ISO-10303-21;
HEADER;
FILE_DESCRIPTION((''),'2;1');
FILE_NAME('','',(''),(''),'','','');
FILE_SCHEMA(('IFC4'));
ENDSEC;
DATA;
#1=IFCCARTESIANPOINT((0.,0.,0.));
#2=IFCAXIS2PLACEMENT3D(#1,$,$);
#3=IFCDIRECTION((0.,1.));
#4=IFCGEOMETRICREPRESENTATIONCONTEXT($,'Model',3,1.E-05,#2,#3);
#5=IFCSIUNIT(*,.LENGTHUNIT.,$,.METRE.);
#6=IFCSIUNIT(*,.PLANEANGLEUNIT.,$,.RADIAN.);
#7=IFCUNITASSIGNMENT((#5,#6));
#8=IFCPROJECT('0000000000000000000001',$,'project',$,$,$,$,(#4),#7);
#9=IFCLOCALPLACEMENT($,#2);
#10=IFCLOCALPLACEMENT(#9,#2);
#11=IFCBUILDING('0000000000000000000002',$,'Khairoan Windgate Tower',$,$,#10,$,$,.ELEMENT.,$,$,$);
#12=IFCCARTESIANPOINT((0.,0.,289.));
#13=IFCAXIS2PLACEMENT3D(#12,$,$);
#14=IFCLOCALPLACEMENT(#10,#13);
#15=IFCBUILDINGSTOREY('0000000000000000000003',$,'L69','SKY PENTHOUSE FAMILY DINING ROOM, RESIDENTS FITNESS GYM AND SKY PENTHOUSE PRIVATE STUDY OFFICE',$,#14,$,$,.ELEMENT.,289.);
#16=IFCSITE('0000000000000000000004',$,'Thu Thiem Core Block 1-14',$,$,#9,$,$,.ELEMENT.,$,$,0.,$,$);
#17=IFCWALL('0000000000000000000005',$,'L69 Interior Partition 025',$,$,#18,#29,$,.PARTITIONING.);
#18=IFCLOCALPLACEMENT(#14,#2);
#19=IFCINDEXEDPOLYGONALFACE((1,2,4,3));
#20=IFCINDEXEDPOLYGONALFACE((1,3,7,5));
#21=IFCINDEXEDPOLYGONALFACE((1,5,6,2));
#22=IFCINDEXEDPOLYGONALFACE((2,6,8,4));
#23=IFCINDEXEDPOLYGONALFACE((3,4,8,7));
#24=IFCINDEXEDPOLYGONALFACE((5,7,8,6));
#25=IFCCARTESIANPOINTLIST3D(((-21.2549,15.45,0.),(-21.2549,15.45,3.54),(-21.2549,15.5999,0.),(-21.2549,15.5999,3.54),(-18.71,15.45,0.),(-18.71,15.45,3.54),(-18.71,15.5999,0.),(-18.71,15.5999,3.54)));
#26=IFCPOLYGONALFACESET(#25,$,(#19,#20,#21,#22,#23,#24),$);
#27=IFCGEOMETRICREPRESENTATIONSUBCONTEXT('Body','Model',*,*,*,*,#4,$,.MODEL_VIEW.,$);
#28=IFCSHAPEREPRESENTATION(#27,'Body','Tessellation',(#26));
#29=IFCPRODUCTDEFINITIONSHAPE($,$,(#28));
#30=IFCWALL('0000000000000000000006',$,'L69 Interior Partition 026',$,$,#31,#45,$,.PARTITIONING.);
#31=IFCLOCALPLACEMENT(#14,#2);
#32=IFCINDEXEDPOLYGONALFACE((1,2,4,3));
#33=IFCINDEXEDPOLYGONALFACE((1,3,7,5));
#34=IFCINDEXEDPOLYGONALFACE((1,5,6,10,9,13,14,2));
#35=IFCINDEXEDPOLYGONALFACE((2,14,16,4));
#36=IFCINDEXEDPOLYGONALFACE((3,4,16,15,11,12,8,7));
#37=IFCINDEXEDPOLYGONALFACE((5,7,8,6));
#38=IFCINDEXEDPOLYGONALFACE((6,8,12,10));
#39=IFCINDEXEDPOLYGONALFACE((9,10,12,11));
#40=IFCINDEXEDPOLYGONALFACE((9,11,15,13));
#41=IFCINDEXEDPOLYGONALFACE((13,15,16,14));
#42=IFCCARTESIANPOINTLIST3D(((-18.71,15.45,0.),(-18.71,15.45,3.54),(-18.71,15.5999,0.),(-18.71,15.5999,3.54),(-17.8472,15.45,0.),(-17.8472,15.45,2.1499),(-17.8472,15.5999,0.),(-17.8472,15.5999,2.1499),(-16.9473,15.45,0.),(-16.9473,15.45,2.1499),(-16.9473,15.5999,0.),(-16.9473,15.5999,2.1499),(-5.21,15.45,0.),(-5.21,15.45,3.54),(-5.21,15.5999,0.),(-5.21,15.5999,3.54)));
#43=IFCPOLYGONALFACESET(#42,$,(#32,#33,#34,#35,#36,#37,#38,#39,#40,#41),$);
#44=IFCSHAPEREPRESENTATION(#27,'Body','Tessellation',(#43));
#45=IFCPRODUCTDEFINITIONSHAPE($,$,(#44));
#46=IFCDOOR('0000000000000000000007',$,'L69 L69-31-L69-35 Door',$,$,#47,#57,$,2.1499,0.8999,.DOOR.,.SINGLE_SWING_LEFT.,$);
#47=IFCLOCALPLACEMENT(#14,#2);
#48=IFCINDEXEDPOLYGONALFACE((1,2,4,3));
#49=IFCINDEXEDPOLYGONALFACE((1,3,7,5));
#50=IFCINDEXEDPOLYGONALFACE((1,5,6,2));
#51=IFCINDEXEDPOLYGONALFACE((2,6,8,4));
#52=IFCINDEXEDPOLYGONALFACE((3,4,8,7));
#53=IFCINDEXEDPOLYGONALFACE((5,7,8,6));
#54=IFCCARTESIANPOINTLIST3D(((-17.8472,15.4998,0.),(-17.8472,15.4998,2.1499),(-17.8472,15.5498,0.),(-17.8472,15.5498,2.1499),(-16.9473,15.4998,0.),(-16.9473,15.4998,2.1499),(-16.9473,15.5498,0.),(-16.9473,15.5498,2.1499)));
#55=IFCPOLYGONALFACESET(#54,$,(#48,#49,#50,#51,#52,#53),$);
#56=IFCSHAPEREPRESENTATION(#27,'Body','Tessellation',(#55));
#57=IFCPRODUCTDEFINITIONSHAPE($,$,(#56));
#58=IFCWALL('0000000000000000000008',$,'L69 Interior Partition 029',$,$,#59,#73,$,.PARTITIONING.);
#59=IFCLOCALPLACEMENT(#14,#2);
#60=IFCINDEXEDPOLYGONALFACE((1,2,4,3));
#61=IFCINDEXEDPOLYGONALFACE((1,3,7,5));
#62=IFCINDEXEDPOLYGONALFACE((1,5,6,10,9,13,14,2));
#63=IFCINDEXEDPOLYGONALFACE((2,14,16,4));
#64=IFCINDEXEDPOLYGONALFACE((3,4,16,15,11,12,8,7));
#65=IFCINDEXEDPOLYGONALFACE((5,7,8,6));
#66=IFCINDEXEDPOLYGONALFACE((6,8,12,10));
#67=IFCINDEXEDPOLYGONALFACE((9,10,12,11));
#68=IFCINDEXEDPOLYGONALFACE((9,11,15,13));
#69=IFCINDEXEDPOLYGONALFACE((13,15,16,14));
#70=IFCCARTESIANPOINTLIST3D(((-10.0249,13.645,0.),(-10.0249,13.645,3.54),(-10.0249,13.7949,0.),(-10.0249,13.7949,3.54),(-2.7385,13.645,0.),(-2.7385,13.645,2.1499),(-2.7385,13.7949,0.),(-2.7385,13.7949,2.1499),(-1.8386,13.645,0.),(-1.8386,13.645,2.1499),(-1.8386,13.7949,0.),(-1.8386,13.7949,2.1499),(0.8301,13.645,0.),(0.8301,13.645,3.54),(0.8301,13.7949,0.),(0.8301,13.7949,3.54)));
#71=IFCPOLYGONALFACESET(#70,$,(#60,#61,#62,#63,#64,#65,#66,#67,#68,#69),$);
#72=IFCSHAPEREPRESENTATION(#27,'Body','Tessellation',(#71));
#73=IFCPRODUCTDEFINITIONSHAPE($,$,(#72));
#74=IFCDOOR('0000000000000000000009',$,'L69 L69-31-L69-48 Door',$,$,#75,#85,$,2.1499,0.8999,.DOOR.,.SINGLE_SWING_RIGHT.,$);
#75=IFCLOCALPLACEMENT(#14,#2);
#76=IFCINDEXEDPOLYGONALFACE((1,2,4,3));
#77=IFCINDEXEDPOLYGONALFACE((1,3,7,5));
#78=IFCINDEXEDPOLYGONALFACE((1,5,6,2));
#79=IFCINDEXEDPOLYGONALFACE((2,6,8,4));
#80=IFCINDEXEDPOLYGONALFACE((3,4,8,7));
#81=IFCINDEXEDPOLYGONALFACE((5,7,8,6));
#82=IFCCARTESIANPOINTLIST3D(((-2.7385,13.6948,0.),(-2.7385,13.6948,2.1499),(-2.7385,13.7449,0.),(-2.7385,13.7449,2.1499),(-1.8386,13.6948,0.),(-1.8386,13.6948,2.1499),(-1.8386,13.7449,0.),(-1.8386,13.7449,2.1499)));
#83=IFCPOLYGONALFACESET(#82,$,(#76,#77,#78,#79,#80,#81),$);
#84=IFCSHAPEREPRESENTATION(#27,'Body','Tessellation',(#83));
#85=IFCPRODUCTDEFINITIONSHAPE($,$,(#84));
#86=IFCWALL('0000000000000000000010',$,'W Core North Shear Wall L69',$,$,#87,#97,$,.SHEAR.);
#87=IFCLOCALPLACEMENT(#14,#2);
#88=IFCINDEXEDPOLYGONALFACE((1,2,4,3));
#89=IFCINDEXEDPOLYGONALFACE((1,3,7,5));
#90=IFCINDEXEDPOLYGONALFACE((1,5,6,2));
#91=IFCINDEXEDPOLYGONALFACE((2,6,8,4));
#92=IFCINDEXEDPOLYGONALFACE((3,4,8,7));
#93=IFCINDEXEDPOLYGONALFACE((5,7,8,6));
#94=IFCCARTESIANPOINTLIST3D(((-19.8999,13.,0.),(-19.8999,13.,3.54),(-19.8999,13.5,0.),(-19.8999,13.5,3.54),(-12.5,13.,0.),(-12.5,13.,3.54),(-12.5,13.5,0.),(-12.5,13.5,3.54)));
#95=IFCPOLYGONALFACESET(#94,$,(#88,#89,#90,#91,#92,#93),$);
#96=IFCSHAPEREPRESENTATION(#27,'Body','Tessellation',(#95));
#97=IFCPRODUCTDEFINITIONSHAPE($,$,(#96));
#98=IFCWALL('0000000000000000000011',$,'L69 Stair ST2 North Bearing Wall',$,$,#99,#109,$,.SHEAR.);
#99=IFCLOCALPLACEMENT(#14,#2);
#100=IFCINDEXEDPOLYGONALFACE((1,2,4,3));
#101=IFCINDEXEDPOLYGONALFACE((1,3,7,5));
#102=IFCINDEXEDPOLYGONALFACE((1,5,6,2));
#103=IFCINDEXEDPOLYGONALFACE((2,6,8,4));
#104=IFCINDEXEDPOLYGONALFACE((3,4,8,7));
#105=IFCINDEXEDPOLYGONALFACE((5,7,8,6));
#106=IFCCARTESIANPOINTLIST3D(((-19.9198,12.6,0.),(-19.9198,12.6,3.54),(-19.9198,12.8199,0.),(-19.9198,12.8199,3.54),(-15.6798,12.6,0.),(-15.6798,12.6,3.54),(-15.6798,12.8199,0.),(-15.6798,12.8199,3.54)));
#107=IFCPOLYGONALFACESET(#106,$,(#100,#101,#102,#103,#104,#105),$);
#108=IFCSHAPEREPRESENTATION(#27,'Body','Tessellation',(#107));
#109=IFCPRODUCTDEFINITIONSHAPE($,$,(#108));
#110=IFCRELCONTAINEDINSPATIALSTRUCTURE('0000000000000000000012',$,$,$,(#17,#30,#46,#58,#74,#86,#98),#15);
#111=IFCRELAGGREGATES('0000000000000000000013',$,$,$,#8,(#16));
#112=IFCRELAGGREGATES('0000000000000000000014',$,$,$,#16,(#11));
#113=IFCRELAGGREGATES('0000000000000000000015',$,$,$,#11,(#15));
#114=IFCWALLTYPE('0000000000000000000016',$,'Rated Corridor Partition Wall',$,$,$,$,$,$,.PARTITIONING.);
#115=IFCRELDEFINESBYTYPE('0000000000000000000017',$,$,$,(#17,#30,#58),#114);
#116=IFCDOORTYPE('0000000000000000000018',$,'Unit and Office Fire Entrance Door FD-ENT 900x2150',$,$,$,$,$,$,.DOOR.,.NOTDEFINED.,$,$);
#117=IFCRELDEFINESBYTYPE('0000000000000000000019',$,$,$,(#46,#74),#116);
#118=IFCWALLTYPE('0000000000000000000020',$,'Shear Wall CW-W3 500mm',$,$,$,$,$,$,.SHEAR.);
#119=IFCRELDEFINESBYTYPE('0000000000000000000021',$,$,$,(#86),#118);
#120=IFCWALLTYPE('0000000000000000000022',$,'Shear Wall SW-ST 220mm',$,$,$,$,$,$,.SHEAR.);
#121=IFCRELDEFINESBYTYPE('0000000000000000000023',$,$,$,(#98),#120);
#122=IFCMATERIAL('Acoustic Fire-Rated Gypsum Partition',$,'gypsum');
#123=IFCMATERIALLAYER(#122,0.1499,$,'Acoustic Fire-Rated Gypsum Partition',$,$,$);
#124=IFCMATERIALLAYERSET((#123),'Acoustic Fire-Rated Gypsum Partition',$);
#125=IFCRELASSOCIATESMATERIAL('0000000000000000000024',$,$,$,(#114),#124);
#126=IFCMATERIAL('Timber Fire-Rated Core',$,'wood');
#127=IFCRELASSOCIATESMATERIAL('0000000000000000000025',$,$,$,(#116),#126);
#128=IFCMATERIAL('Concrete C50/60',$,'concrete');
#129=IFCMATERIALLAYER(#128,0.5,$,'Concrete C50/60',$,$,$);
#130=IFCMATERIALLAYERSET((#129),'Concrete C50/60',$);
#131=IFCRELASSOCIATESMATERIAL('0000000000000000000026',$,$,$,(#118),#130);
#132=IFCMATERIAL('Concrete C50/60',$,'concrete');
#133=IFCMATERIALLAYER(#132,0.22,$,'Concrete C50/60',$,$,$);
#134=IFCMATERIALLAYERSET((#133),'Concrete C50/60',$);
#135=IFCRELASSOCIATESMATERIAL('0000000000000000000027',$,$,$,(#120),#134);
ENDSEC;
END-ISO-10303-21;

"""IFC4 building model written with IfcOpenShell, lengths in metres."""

from ifc_helpers import new_model, si_unit, direction, frame, frame_2d, origin, place, context, subcontext, project, spatial, rectangle, extrude, material, layer, layer_set, type_object, element, fill, save


model = new_model("IFC4")

# Units and contexts
model_context = context("Model", 3, precision=1e-05, world=origin(), true_north=direction((0.0, 1.0)))
body_context = subcontext(model_context, "Body", "Model", "MODEL_VIEW")
ifc_project = project(units=[si_unit("LENGTHUNIT", "METRE"), si_unit("PLANEANGLEUNIT", "RADIAN")], contexts=[model_context])

# Site, building, storey
site_placement = place(None, origin())
site = spatial("IfcSite", under=ifc_project, at=site_placement, Name="Thu Thiem Core Block 1-14", CompositionType="ELEMENT", RefElevation=0.0)
building_placement = place(site_placement, origin())
building = spatial("IfcBuilding", under=site, at=building_placement, Name="Khairoan Windgate Tower", CompositionType="ELEMENT")
storey_placement = place(building_placement, frame((0.0, 0.0, 289.0)))
storey = spatial("IfcBuildingStorey", under=building, at=storey_placement, Name="L69", Description="SKY PENTHOUSE FAMILY DINING ROOM, RESIDENTS FITNESS GYM AND SKY PENTHOUSE PRIVATE STUDY OFFICE", CompositionType="ELEMENT", Elevation=289.0)

# Wall
ifc_material_1 = material(Name="Acoustic Fire-Rated Gypsum Partition", Category="gypsum")
ifc_layer_1 = layer(ifc_material_1, 0.1499, Name="Acoustic Fire-Rated Gypsum Partition")
ifc_layer_set_1 = layer_set([ifc_layer_1], Name="Acoustic Fire-Rated Gypsum Partition")
wall_type_1 = type_object("IfcWallType", Name="Rated Corridor Partition Wall", PredefinedType="PARTITIONING", material=ifc_layer_set_1)
wall_1_placement = place(storey_placement, frame((-21.2549, 15.5249, 0.0), z_axis=(0.0, 0.0, 1.0), x_axis=(1.0, 0.0, 0.0)))
element("IfcWall", 1, at=wall_1_placement, inside=storey, type_object=wall_type_1, Name="L69 Interior Partition 025", PredefinedType="PARTITIONING", context=body_context, shape_type="SweptSolid", body=[
    extrude(rectangle(XDim=2.5449, YDim=0.1499, at=frame_2d((1.2725, 0.0))), origin(), (0.0, 0.0, 1.0), 3.54),
])

# Walls, openings, doors
wall_2_placement = place(storey_placement, frame((-18.71, 15.5249, 0.0), z_axis=(0.0, 0.0, 1.0), x_axis=(1.0, 0.0, 0.0)))
wall_2 = element("IfcWall", 2, at=wall_2_placement, inside=storey, type_object=wall_type_1, Name="L69 Interior Partition 026", PredefinedType="PARTITIONING", context=body_context, shape_type="SweptSolid", body=[
    extrude(rectangle(XDim=13.5, YDim=0.1499, at=frame_2d((6.75, 0.0))), origin(), (0.0, 0.0, 1.0), 3.54),
])
opening_1_placement = place(wall_2_placement, frame((0.8628, 0.0, 0.0)))
opening_1 = element("IfcOpeningElement", 3, at=opening_1_placement, cuts=wall_2, PredefinedType="OPENING", context=body_context, shape_type="SweptSolid", body=[
    extrude(rectangle(XDim=0.8999, YDim=2.1499, at=frame_2d((0.45, 1.075))), frame((0.0, 0.085, 0.0), z_axis=(0.0, -1.0, 0.0), x_axis=(1.0, 0.0, 0.0)), (0.0, 0.0, 1.0), 0.1699),
])
ifc_material_2 = material(Name="Timber Fire-Rated Core", Category="wood")
door_type_1 = type_object("IfcDoorType", Name="Unit and Office Fire Entrance Door FD-ENT 900x2150", OperationType="NOTDEFINED", PredefinedType="DOOR", material=ifc_material_2)
door_1_placement = place(opening_1_placement, origin())
door_1 = element("IfcDoor", 4, at=door_1_placement, inside=storey, type_object=door_type_1, Name="L69 L69-31-L69-35 Door", OperationType="SINGLE_SWING_LEFT", OverallHeight=2.1499, OverallWidth=0.8999, PredefinedType="DOOR", context=body_context, shape_type="SweptSolid", body=[
    extrude(rectangle(XDim=0.8999, YDim=2.1499, at=frame_2d((0.45, 1.075))), frame((0.0, 0.0249, 0.0), z_axis=(0.0, -1.0, 0.0), x_axis=(1.0, 0.0, 0.0)), (0.0, 0.0, 1.0), 0.05),
])
fill(opening_1, door_1)
wall_3_placement = place(storey_placement, frame((-10.0249, 13.72, 0.0), z_axis=(0.0, 0.0, 1.0), x_axis=(1.0, 0.0, 0.0)))
wall_3 = element("IfcWall", 5, at=wall_3_placement, inside=storey, type_object=wall_type_1, Name="L69 Interior Partition 029", PredefinedType="PARTITIONING", context=body_context, shape_type="SweptSolid", body=[
    extrude(rectangle(XDim=10.855, YDim=0.1499, at=frame_2d((5.4275, 0.0))), origin(), (0.0, 0.0, 1.0), 3.54),
])
opening_2_placement = place(wall_3_placement, frame((7.2864, 0.0, 0.0)))
opening_2 = element("IfcOpeningElement", 6, at=opening_2_placement, cuts=wall_3, PredefinedType="OPENING", context=body_context, shape_type="SweptSolid", body=[
    extrude(rectangle(XDim=0.8999, YDim=2.1499, at=frame_2d((0.45, 1.075))), frame((0.0, 0.085, 0.0), z_axis=(0.0, -1.0, 0.0), x_axis=(1.0, 0.0, 0.0)), (0.0, 0.0, 1.0), 0.1699),
])
door_2_placement = place(opening_2_placement, origin())
door_2 = element("IfcDoor", 7, at=door_2_placement, inside=storey, type_object=door_type_1, Name="L69 L69-31-L69-48 Door", OperationType="SINGLE_SWING_RIGHT", OverallHeight=2.1499, OverallWidth=0.8999, PredefinedType="DOOR", context=body_context, shape_type="SweptSolid", body=[
    extrude(rectangle(XDim=0.8999, YDim=2.1499, at=frame_2d((0.45, 1.075))), frame((0.0, 0.0249, 0.0), z_axis=(0.0, -1.0, 0.0), x_axis=(1.0, 0.0, 0.0)), (0.0, 0.0, 1.0), 0.05),
])
fill(opening_2, door_2)

# Walls
ifc_material_3 = material(Name="Concrete C50/60", Category="concrete")
ifc_layer_2 = layer(ifc_material_3, 0.5, Name="Concrete C50/60")
ifc_layer_set_2 = layer_set([ifc_layer_2], Name="Concrete C50/60")
wall_type_2 = type_object("IfcWallType", Name="Shear Wall CW-W3 500mm", PredefinedType="SHEAR", material=ifc_layer_set_2)
wall_4_placement = place(storey_placement, frame((-19.8999, 13.25, 0.0), z_axis=(0.0, 0.0, 1.0), x_axis=(1.0, 0.0, 0.0)))
element("IfcWall", 8, at=wall_4_placement, inside=storey, type_object=wall_type_2, Name="W Core North Shear Wall L69", PredefinedType="SHEAR", context=body_context, shape_type="SweptSolid", body=[
    extrude(rectangle(XDim=7.3999, YDim=0.5, at=frame_2d((3.7, 0.0))), origin(), (0.0, 0.0, 1.0), 3.54),
])
ifc_material_4 = material(Name="Concrete C50/60", Category="concrete")
ifc_layer_3 = layer(ifc_material_4, 0.22, Name="Concrete C50/60")
ifc_layer_set_3 = layer_set([ifc_layer_3], Name="Concrete C50/60")
wall_type_3 = type_object("IfcWallType", Name="Shear Wall SW-ST 220mm", PredefinedType="SHEAR", material=ifc_layer_set_3)
wall_5_placement = place(storey_placement, frame((-19.9199, 12.71, 0.0), z_axis=(0.0, 0.0, 1.0), x_axis=(1.0, 0.0, 0.0)))
element("IfcWall", 9, at=wall_5_placement, inside=storey, type_object=wall_type_3, Name="L69 Stair ST2 North Bearing Wall", PredefinedType="SHEAR", context=body_context, shape_type="SweptSolid", body=[
    extrude(rectangle(XDim=4.24, YDim=0.22, at=frame_2d((2.1201, 0.0))), origin(), (0.0, 0.0, 1.0), 3.54),
])

save(model, "model.ifc")
